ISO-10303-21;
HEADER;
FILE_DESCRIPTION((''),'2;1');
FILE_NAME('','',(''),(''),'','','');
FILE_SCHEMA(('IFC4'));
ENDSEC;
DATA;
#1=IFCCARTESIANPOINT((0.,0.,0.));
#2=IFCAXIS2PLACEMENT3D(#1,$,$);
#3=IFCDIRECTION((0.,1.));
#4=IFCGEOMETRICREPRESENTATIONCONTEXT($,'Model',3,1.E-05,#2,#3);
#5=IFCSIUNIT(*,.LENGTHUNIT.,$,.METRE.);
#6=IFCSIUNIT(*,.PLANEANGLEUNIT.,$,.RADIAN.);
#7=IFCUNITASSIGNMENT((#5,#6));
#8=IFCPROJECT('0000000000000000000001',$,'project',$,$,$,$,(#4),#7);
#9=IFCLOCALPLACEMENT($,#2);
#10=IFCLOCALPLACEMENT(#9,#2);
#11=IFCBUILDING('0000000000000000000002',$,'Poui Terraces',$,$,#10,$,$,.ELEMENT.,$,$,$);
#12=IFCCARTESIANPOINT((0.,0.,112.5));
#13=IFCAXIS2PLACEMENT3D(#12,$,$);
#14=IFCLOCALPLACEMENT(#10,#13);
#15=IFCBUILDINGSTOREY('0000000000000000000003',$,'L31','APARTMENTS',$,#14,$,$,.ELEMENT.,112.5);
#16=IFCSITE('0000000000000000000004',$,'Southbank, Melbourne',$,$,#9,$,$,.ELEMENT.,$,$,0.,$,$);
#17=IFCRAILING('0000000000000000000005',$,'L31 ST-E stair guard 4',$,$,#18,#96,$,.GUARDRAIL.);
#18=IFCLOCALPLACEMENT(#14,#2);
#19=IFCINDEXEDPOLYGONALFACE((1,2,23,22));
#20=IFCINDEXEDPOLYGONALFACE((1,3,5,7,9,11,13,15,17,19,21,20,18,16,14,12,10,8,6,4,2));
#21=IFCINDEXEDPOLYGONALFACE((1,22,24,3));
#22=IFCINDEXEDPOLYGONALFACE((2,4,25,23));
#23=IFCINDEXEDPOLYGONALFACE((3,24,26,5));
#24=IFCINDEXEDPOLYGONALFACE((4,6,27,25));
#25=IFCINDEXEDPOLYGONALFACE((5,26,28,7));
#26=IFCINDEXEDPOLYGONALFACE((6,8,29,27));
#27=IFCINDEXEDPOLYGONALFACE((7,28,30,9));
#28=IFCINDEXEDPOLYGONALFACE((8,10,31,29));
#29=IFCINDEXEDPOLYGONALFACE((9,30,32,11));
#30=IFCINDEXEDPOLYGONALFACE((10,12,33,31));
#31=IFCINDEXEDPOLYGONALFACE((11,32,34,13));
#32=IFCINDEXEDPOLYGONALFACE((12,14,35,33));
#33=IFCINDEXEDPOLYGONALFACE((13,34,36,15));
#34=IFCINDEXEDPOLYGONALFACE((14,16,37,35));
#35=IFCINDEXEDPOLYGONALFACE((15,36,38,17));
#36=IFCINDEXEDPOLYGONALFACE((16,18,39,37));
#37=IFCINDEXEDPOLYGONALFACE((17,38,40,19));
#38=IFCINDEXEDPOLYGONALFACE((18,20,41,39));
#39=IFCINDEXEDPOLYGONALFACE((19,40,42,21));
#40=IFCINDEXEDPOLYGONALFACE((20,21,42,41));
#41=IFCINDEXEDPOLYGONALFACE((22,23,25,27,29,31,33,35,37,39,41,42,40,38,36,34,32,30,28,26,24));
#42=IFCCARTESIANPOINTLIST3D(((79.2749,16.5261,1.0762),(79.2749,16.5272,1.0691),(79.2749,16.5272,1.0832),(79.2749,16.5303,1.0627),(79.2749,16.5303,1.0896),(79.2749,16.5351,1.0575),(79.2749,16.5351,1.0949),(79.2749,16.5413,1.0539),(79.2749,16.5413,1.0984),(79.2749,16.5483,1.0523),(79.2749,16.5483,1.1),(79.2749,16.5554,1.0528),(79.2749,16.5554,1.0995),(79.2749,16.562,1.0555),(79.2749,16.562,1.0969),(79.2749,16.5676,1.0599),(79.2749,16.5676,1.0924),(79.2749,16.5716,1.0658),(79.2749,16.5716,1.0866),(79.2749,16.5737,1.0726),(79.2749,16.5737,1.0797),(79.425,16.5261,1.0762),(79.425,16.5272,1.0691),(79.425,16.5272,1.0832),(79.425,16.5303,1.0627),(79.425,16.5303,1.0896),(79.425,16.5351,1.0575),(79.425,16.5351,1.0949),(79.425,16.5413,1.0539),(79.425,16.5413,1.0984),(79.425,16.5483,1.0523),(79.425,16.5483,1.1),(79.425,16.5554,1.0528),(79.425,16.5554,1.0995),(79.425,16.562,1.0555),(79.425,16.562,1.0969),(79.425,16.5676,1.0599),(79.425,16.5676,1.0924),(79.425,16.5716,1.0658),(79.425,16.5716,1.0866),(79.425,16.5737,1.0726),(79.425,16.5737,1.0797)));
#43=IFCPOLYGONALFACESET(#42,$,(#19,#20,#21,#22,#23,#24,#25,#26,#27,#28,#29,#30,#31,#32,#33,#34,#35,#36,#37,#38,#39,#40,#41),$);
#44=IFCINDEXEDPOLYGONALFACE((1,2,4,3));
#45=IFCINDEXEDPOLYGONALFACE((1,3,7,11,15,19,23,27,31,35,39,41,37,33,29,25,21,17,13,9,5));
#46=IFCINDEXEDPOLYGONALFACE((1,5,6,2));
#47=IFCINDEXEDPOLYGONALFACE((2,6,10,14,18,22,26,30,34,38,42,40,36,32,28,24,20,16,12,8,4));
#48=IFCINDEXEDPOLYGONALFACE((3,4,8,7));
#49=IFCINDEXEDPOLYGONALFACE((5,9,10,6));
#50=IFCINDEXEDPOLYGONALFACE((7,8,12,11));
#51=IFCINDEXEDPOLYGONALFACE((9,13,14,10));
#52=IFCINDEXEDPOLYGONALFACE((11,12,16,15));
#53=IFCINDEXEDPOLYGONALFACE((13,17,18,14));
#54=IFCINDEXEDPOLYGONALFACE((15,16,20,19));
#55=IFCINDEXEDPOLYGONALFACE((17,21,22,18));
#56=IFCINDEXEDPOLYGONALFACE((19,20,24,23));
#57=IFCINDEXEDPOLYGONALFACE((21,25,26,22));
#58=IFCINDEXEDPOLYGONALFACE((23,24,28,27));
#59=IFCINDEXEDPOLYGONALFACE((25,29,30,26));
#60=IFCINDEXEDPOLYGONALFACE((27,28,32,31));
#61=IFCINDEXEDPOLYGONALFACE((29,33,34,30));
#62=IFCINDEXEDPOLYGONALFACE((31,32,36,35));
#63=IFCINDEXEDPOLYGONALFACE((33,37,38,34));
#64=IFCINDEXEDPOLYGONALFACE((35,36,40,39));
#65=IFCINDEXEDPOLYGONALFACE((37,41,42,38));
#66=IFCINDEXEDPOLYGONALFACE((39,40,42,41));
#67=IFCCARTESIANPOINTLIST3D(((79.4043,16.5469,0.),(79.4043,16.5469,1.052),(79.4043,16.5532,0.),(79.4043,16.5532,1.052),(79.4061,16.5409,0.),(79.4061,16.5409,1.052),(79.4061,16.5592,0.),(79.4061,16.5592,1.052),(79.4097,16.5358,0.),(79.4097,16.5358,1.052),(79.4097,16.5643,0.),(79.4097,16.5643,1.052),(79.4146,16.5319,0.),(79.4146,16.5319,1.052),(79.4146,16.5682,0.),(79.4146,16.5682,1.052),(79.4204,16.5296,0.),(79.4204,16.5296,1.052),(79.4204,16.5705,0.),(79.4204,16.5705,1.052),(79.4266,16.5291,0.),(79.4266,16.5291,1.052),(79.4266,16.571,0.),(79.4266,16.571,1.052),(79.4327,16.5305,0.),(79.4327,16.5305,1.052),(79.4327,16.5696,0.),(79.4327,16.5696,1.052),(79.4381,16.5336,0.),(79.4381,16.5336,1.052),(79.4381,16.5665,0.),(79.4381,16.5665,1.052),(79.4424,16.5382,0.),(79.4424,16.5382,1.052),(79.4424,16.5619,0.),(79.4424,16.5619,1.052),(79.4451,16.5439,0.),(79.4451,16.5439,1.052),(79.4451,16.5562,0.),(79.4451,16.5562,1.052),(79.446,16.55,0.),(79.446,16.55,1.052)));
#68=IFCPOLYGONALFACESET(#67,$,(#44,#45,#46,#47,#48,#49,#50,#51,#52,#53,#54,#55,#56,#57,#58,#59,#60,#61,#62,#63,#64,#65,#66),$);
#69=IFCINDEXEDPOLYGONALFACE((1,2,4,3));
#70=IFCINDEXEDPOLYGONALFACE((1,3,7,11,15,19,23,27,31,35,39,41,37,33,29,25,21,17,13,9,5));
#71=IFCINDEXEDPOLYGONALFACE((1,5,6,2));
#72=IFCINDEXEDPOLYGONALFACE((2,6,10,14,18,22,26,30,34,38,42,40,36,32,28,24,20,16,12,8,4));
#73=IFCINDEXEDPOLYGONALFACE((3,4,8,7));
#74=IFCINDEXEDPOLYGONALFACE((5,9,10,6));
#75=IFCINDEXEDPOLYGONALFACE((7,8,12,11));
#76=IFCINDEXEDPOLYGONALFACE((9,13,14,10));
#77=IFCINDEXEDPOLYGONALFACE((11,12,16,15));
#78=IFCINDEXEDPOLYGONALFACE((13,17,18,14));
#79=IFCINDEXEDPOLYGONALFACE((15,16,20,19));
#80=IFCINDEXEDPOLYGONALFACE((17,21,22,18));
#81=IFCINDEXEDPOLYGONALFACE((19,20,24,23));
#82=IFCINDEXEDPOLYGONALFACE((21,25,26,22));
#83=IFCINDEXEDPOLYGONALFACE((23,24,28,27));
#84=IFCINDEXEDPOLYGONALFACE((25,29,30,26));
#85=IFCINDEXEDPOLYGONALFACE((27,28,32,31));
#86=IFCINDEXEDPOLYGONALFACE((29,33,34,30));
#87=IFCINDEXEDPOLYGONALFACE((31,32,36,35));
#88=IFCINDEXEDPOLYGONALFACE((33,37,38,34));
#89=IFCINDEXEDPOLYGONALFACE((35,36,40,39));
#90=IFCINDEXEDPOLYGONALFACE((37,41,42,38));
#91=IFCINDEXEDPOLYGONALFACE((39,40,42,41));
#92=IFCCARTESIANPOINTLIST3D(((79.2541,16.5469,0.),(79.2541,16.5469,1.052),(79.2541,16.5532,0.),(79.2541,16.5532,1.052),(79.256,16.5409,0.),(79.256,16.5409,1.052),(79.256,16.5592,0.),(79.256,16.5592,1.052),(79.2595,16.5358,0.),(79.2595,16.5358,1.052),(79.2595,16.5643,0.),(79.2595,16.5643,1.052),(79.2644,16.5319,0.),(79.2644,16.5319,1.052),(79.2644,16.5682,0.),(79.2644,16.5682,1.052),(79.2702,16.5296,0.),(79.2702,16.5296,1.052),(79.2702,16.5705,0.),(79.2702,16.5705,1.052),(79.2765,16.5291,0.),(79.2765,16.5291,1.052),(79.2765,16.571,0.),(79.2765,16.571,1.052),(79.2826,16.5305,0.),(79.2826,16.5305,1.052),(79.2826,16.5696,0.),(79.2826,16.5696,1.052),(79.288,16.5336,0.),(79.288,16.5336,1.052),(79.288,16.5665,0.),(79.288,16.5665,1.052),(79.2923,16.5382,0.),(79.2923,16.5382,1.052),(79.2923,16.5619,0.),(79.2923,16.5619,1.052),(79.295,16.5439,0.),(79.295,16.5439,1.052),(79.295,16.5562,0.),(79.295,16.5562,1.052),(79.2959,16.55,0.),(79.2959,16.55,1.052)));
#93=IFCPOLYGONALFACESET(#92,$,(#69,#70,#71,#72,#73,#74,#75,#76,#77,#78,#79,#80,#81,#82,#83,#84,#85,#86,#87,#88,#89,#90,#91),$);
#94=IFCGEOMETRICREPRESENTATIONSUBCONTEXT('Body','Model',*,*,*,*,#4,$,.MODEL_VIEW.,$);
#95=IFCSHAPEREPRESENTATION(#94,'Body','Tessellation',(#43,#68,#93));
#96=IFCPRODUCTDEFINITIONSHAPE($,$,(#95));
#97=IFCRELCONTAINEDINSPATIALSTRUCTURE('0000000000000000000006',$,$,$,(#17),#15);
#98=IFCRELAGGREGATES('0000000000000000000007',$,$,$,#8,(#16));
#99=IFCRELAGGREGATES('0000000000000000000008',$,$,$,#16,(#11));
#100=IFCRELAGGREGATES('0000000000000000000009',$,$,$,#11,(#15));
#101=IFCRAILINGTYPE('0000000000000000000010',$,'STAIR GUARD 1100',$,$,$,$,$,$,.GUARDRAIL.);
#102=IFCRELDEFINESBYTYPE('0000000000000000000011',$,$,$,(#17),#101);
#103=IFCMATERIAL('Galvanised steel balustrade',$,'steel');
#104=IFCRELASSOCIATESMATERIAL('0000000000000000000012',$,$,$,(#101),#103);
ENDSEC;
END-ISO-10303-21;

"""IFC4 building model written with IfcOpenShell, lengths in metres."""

from ifc_helpers import new_model, si_unit, direction, frame, origin, origin_2d, place, context, subcontext, project, spatial, circle, extrude, material, type_object, element, save


model = new_model("IFC4")

# Units and contexts
model_context = context("Model", 3, precision=1e-05, world=origin(), true_north=direction((0.0, 1.0)))
body_context = subcontext(model_context, "Body", "Model", "MODEL_VIEW")
ifc_project = project(units=[si_unit("LENGTHUNIT", "METRE"), si_unit("PLANEANGLEUNIT", "RADIAN")], contexts=[model_context])

# Site, building, storey
site_placement = place(None, origin())
site = spatial("IfcSite", under=ifc_project, at=site_placement, Name="Southbank, Melbourne", CompositionType="ELEMENT", RefElevation=0.0)
building_placement = place(site_placement, origin())
building = spatial("IfcBuilding", under=site, at=building_placement, Name="Poui Terraces", CompositionType="ELEMENT")
storey_placement = place(building_placement, frame((0.0, 0.0, 112.5)))
storey = spatial("IfcBuildingStorey", under=building, at=storey_placement, Name="L31", Description="APARTMENTS", CompositionType="ELEMENT", Elevation=112.5)

# Railing
ifc_material_1 = material(Name="Galvanised steel balustrade", Category="steel")
railing_type_1 = type_object("IfcRailingType", Name="STAIR GUARD 1100", PredefinedType="GUARDRAIL", material=ifc_material_1)
railing_1_placement = place(storey_placement, frame((79.425, 16.55, 0.0)))
element("IfcRailing", 1, at=railing_1_placement, inside=storey, type_object=railing_type_1, Name="L31 ST-E stair guard 4", PredefinedType="GUARDRAIL", context=body_context, shape_type="SweptSolid", body=[
    extrude(circle(Radius=0.0239, at=origin_2d()), frame((0.0, 0.0, 1.0762), z_axis=(-1.0, 0.0, 0.0), x_axis=(0.0, -1.0, 0.0)), (0.0, 0.0, 1.0), 0.1501),
    extrude(circle(Radius=0.021, at=origin_2d()), origin(), (0.0, 0.0, 1.0), 1.052),
    extrude(circle(Radius=0.021, at=origin_2d()), frame((-0.1501, 0.0, 0.0)), (0.0, 0.0, 1.0), 1.052),
])

save(model, "model.ifc")
